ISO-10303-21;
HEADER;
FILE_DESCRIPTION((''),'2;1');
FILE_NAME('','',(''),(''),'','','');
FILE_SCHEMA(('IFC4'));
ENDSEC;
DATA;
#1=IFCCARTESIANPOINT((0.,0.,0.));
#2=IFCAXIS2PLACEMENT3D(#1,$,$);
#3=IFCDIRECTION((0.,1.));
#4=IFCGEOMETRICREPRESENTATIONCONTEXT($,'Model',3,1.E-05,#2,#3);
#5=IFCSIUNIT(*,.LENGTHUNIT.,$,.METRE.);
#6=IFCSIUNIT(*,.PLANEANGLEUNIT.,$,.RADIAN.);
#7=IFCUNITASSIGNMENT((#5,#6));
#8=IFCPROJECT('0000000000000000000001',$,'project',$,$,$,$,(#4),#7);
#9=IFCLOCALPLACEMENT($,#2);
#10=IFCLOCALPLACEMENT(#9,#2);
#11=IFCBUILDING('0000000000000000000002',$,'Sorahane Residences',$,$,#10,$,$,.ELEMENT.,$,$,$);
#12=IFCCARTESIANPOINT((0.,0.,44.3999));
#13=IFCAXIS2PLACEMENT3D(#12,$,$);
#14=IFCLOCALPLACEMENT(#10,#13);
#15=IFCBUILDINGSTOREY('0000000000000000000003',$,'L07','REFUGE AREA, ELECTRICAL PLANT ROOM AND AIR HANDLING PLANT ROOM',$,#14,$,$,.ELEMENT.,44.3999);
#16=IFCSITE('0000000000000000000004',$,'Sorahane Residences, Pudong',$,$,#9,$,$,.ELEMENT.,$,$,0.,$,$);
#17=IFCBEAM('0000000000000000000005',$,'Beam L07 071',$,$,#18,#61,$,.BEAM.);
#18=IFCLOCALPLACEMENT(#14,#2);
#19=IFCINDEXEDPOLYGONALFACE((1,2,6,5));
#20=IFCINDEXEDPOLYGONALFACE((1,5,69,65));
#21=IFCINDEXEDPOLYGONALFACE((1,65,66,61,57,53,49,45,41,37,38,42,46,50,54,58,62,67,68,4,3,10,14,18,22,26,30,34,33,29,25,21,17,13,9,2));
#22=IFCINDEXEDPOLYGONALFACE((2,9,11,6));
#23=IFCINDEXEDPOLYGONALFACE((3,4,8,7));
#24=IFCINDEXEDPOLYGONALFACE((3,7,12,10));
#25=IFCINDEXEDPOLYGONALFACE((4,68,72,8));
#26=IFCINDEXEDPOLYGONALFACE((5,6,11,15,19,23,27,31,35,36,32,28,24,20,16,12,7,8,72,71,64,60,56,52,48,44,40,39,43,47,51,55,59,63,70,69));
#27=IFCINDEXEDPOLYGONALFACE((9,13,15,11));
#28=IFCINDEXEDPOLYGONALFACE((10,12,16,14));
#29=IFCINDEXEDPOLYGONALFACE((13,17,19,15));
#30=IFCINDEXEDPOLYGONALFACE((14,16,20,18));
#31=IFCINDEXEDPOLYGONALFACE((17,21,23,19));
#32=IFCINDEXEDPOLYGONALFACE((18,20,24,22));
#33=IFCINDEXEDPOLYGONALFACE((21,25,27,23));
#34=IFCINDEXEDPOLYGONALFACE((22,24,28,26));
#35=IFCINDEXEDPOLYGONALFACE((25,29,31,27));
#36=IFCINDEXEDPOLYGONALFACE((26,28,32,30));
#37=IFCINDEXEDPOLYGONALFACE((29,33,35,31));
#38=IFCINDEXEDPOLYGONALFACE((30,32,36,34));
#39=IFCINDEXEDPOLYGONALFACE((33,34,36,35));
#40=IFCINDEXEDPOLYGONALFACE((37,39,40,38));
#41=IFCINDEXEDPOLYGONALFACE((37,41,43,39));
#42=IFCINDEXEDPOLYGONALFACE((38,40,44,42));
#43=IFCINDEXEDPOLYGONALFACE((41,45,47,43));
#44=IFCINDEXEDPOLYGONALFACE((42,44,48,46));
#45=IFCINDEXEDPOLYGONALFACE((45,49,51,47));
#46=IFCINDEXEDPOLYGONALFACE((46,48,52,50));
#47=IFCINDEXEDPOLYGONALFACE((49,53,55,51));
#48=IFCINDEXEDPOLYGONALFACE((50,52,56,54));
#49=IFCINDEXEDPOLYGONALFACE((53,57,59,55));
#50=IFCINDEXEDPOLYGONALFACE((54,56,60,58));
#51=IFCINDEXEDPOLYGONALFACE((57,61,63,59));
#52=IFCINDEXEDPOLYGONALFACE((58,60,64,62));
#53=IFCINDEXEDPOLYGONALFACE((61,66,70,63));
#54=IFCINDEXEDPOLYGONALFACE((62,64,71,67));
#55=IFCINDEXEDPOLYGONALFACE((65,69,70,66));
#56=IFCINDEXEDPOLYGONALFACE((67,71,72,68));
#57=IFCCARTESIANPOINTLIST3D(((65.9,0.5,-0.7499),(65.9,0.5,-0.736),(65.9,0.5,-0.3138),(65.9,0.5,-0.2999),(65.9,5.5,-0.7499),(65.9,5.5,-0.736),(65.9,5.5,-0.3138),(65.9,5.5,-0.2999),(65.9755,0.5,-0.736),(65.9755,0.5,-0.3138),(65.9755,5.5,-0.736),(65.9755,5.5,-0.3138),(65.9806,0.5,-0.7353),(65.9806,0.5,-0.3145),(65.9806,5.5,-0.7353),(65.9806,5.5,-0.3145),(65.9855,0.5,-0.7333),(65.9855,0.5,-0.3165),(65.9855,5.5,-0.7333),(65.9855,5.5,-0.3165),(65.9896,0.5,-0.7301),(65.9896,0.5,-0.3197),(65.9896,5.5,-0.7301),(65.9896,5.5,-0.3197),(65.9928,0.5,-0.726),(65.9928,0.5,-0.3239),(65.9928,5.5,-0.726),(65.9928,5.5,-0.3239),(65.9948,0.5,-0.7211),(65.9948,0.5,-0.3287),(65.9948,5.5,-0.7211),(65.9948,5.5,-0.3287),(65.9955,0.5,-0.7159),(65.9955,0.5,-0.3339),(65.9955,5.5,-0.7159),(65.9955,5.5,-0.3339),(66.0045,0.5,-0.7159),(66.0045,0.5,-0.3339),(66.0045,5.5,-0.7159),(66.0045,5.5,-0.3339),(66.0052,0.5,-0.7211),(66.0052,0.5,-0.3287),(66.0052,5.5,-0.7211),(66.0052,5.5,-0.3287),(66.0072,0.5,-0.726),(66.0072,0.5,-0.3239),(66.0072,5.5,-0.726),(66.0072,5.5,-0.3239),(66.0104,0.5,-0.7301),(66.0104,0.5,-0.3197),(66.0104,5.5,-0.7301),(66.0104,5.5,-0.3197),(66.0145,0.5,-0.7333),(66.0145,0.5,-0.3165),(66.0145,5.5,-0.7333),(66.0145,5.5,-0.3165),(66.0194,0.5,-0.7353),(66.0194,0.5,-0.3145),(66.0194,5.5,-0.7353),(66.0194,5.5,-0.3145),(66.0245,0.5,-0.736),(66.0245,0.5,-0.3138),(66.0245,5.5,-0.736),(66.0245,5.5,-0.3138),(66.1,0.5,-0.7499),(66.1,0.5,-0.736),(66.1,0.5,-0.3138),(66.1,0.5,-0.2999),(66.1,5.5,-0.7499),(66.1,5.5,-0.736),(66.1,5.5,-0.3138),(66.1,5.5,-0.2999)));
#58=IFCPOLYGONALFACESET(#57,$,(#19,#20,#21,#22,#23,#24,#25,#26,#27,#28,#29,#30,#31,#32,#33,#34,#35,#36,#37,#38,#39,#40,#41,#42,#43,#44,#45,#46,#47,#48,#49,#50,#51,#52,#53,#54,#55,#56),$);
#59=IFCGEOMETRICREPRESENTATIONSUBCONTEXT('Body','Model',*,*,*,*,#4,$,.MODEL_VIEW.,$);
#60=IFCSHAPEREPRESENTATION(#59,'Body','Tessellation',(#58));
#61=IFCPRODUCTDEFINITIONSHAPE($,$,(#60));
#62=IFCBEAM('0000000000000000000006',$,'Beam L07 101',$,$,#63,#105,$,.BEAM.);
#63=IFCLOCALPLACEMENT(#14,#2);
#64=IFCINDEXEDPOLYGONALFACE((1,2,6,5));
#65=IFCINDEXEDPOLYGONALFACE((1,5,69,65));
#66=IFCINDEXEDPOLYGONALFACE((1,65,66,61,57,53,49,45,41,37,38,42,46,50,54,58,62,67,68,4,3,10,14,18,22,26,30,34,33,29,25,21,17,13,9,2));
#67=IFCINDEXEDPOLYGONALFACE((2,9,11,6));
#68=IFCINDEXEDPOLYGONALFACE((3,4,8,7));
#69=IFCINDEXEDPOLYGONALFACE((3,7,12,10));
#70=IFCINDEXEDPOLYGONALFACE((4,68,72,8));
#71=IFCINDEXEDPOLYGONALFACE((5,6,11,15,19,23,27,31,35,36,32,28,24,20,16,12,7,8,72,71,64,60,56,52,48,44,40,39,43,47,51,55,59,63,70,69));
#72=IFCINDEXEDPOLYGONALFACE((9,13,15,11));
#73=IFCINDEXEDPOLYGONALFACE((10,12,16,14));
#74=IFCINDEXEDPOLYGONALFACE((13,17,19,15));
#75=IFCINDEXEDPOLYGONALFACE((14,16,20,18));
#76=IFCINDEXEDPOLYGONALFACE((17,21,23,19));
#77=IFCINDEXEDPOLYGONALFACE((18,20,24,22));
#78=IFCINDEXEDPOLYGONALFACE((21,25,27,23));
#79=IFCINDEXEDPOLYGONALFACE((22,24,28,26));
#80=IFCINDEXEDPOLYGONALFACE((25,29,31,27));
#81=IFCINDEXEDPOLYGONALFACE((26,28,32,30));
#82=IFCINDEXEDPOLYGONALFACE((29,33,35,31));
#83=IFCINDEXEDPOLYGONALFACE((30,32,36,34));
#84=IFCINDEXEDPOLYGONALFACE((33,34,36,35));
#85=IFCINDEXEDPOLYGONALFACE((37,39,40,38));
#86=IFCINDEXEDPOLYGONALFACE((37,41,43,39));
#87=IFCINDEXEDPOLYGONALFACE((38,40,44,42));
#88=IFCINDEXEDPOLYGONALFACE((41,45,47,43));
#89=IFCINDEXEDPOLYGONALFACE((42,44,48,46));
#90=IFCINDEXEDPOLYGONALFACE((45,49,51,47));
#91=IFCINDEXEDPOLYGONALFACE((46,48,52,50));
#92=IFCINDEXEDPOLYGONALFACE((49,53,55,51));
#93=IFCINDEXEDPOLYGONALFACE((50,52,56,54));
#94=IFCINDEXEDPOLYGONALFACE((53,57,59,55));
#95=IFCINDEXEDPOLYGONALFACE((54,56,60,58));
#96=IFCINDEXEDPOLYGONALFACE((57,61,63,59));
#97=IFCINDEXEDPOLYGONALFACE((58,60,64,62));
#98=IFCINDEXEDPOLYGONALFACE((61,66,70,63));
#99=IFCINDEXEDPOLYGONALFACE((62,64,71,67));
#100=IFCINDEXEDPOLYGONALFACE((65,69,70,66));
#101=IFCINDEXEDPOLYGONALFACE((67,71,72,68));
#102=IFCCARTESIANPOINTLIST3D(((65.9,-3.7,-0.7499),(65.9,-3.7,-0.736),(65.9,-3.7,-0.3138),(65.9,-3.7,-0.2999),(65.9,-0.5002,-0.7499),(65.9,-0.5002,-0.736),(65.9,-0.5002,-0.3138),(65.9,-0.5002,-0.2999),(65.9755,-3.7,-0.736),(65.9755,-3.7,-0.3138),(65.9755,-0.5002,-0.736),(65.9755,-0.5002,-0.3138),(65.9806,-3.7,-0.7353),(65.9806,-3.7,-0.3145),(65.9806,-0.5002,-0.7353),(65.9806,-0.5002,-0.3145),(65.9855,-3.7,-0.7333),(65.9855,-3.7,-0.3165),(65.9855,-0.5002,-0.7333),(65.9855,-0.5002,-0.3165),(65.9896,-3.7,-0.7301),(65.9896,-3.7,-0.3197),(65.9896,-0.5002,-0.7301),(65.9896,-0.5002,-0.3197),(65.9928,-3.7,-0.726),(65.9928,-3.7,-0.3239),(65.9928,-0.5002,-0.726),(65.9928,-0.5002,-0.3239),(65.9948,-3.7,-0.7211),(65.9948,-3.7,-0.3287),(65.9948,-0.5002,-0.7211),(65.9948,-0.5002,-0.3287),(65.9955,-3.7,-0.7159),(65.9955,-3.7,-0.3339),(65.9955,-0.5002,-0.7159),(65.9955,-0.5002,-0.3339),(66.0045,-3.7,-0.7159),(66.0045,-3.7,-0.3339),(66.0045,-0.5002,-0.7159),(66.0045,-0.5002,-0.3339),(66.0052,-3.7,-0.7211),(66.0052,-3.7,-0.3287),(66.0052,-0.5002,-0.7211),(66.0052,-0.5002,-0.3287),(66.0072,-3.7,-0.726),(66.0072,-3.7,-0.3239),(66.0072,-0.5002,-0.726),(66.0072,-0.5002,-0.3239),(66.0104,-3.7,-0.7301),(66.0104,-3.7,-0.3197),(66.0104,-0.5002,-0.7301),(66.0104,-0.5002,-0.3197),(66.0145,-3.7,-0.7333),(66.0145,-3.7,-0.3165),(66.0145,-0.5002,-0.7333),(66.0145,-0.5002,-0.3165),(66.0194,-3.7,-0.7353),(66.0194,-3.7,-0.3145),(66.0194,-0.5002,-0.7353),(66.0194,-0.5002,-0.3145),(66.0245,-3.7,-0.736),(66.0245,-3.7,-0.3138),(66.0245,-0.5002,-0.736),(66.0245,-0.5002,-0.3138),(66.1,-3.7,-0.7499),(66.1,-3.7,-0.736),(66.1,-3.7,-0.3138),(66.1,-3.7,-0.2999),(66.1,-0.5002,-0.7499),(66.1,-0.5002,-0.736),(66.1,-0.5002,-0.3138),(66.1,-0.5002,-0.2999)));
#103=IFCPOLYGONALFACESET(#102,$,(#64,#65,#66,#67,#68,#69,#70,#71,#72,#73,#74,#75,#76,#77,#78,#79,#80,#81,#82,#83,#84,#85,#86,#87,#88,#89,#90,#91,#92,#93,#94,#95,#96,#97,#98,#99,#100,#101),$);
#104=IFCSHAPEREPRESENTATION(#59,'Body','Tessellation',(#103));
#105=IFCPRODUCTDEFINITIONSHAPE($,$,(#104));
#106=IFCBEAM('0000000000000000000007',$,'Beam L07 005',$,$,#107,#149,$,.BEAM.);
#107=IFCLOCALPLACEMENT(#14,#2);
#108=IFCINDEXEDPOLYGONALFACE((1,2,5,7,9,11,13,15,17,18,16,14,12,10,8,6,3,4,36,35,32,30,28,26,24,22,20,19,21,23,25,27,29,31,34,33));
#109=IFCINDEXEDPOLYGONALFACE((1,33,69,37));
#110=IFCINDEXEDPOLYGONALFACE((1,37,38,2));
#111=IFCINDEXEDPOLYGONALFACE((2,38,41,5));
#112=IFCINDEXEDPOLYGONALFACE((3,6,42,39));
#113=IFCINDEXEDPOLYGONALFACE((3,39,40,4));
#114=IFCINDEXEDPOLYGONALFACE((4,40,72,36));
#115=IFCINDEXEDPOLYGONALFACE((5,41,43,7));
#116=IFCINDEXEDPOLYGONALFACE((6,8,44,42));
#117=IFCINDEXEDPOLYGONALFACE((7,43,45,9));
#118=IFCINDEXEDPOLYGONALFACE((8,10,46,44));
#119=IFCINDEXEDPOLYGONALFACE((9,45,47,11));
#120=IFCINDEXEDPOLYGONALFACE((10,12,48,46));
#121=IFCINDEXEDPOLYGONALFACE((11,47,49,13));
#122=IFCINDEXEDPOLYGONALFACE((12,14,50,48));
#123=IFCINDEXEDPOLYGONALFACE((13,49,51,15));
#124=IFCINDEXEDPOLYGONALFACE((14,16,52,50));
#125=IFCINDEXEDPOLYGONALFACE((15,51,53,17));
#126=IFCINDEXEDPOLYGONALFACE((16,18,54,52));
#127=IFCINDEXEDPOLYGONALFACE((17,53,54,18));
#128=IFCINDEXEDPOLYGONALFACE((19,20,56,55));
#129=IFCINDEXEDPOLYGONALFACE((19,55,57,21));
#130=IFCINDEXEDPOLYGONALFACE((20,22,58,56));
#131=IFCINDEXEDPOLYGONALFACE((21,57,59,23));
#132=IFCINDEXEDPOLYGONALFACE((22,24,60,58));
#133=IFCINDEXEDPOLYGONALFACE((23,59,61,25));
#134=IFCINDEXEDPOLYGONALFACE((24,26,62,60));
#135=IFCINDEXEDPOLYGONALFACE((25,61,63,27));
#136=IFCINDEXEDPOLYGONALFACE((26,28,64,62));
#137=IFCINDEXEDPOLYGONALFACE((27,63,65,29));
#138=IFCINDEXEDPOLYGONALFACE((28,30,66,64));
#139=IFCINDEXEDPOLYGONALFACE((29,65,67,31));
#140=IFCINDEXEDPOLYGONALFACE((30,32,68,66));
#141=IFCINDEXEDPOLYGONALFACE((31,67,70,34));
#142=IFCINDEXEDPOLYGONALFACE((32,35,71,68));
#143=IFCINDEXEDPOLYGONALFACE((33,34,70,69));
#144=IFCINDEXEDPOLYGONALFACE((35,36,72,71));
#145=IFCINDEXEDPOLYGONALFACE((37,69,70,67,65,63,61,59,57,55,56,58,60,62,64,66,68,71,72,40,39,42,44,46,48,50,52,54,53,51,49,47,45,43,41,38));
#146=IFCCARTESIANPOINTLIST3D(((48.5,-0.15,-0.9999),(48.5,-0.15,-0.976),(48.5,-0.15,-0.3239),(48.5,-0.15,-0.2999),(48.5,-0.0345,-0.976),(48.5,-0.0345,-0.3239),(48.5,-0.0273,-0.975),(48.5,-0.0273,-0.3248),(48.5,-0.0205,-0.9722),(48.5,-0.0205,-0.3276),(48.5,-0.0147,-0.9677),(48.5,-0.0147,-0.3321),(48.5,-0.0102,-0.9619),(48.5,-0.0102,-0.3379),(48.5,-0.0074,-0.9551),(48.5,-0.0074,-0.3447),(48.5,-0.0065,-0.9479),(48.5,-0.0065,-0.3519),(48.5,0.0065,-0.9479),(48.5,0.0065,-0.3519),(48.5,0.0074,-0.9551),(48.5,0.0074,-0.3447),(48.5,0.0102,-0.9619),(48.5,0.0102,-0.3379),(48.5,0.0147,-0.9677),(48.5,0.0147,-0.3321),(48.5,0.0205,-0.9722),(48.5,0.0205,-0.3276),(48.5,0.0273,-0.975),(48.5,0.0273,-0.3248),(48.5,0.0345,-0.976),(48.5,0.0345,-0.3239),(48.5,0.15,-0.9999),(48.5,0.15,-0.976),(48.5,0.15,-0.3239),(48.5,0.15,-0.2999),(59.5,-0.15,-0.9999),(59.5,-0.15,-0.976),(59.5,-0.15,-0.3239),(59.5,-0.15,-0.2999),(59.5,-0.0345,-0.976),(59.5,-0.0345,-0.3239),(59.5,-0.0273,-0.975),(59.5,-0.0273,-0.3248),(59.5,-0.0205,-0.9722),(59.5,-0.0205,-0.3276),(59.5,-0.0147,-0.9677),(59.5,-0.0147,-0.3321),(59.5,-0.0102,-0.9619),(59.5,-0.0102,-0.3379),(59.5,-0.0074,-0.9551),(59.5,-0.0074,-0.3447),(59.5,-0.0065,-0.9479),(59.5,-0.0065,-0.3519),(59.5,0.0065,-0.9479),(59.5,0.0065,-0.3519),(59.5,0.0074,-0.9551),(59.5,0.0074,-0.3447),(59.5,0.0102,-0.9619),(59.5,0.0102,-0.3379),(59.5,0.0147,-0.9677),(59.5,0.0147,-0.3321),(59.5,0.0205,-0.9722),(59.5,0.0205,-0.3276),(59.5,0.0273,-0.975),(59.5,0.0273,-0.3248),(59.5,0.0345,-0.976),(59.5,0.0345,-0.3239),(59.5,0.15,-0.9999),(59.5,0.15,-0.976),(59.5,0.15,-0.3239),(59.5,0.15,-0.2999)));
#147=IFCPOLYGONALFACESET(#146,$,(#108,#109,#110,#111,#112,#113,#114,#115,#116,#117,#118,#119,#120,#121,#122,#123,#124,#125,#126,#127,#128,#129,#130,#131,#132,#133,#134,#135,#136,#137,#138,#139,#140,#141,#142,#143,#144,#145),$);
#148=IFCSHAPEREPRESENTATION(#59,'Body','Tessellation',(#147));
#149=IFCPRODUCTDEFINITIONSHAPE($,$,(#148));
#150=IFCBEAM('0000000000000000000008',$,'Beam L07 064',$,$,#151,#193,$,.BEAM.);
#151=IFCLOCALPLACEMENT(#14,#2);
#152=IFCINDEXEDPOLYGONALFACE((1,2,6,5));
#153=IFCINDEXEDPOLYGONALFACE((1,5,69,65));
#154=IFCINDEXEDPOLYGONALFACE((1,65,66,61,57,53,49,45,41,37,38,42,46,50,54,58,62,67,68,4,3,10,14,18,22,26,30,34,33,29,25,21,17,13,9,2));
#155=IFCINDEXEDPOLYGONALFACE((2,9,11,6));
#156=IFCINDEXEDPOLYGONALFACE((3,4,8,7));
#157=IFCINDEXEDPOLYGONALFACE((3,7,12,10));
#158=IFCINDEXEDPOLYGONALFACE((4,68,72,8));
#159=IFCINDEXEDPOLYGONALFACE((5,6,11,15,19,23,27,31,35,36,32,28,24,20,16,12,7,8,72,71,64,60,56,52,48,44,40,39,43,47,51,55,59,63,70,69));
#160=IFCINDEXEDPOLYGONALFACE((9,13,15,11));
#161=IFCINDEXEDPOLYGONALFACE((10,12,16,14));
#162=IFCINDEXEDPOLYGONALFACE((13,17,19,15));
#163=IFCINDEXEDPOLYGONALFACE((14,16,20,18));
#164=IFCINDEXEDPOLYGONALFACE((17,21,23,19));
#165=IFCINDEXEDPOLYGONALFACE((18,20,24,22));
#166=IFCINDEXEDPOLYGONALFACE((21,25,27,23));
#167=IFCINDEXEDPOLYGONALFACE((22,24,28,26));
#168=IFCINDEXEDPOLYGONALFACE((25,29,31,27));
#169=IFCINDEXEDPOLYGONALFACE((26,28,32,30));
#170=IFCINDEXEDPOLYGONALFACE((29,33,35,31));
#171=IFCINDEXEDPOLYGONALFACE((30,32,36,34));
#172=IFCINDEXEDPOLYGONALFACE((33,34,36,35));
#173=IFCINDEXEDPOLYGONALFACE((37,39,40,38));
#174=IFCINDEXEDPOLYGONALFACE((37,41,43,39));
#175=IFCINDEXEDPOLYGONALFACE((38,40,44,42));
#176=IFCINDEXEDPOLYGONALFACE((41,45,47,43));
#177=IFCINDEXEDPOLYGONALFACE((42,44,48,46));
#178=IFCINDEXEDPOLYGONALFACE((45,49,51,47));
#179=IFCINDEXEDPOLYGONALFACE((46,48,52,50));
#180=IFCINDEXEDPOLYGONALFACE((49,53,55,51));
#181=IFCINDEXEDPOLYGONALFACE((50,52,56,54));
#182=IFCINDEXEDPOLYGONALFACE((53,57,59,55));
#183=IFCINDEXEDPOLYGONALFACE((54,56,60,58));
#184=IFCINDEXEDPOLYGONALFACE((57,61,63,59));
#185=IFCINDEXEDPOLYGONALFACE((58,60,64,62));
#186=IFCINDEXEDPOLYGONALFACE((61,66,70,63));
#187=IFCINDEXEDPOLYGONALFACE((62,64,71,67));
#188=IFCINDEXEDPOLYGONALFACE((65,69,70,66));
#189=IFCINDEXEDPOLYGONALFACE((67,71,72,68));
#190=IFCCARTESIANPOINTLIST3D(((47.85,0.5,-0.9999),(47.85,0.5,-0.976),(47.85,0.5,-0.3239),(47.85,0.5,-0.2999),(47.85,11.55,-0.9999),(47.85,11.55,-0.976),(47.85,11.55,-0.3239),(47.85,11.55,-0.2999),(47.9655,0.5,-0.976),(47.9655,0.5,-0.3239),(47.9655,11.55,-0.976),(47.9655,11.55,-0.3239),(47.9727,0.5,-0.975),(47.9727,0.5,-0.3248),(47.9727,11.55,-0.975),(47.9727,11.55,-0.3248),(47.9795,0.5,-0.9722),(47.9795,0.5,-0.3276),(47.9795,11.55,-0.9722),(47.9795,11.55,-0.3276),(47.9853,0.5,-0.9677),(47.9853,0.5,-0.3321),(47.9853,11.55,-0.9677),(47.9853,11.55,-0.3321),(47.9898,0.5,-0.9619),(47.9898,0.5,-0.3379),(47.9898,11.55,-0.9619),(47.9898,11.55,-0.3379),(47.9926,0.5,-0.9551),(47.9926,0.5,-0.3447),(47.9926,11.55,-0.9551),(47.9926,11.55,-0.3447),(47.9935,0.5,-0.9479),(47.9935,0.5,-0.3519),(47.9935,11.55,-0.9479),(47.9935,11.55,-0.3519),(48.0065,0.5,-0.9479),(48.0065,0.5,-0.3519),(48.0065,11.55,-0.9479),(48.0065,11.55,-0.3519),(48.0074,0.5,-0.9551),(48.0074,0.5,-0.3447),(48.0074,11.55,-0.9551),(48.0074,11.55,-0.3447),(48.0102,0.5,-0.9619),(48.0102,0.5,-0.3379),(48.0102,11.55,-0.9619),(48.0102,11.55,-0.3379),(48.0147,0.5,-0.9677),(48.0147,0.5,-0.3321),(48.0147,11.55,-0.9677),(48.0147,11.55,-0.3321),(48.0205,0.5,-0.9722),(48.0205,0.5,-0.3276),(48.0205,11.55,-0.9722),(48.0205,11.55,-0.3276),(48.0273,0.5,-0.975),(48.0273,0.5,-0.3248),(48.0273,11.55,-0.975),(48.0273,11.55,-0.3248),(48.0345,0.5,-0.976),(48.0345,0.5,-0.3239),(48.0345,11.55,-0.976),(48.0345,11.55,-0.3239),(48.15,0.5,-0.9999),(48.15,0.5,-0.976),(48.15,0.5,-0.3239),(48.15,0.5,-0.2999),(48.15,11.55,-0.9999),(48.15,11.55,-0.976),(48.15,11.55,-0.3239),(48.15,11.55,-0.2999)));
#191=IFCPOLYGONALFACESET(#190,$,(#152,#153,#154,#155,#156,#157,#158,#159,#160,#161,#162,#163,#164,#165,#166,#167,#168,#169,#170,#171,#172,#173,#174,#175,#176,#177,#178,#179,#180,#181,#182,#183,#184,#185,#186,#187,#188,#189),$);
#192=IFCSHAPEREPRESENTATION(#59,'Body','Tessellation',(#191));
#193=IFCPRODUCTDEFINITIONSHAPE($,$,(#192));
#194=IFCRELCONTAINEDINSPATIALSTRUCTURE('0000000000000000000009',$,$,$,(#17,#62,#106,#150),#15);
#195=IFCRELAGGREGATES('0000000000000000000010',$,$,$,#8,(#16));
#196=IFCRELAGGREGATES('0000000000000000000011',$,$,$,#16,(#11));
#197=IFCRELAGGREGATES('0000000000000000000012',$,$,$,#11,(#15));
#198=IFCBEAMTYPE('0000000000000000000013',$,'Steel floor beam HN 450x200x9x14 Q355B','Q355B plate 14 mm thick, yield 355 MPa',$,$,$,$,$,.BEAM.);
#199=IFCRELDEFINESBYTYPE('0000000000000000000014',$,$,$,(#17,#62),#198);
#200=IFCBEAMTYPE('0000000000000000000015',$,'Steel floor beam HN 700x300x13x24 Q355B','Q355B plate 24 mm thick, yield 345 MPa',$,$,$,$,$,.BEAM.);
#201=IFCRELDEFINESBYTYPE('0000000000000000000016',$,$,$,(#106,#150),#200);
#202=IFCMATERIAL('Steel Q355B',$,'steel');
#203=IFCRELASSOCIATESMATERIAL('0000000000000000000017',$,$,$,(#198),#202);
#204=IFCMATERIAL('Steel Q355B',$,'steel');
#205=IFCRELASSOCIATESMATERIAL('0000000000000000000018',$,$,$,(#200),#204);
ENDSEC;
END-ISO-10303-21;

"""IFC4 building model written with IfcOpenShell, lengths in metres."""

from ifc_helpers import new_model, si_unit, direction, frame, origin, origin_2d, place, context, subcontext, project, spatial, i_section, extrude, material, material_profile, profile_set, type_object, element, save


model = new_model("IFC4")

# Units and contexts
model_context = context("Model", 3, precision=1e-05, world=origin(), true_north=direction((0.0, 1.0)))
body_context = subcontext(model_context, "Body", "Model", "MODEL_VIEW")
ifc_project = project(units=[si_unit("LENGTHUNIT", "METRE"), si_unit("PLANEANGLEUNIT", "RADIAN")], contexts=[model_context])

# Site, building, storey
site_placement = place(None, origin())
site = spatial("IfcSite", under=ifc_project, at=site_placement, Name="Sorahane Residences, Pudong", CompositionType="ELEMENT", RefElevation=0.0)
building_placement = place(site_placement, origin())
building = spatial("IfcBuilding", under=site, at=building_placement, Name="Sorahane Residences", CompositionType="ELEMENT")
storey_placement = place(building_placement, frame((0.0, 0.0, 44.3999)))
storey = spatial("IfcBuildingStorey", under=building, at=storey_placement, Name="L07", Description="REFUGE AREA, ELECTRICAL PLANT ROOM AND AIR HANDLING PLANT ROOM", CompositionType="ELEMENT", Elevation=44.3999)

# Beams
ifc_material_1 = material(Name="Steel Q355B", Category="steel")
ifc_material_profile_1 = material_profile(ifc_material_1, i_section(OverallWidth=0.2, OverallDepth=0.45, WebThickness=0.009, FlangeThickness=0.0139, FilletRadius=0.02, at=origin_2d()), Name="HN 450x200x9x14")
ifc_profile_set_1 = profile_set([ifc_material_profile_1], Name="Steel Q355B")
beam_type_1 = type_object("IfcBeamType", Name="Steel floor beam HN 450x200x9x14 Q355B", Description="Q355B plate 14 mm thick, yield 355 MPa", PredefinedType="BEAM", material=ifc_profile_set_1)
for number, where, z_axis, x_axis, name in (
    (1, (66.0, 0.5, -0.5249), (0.0, 1.0, 0.0), (-1.0, 0.0, 0.0), "Beam L07 071"),
):
    element("IfcBeam", number, at=place(storey_placement, frame(where, z_axis=z_axis, x_axis=x_axis)), inside=storey, type_object=beam_type_1, Name=name, PredefinedType="BEAM", context=body_context, shape_type="SweptSolid", body=[
        extrude(i_section(OverallWidth=0.2, OverallDepth=0.45, WebThickness=0.009, FlangeThickness=0.0139, FilletRadius=0.02, at=origin_2d()), origin(), (0.0, 0.0, 1.0), 5.0),
    ])
beam_1_placement = place(storey_placement, frame((66.0, -3.7, -0.5249), z_axis=(0.0, 1.0, 0.0), x_axis=(-1.0, 0.0, 0.0)))
element("IfcBeam", 2, at=beam_1_placement, inside=storey, type_object=beam_type_1, Name="Beam L07 101", PredefinedType="BEAM", context=body_context, shape_type="SweptSolid", body=[
    extrude(i_section(OverallWidth=0.2, OverallDepth=0.45, WebThickness=0.009, FlangeThickness=0.0139, FilletRadius=0.02, at=origin_2d()), origin(), (0.0, 0.0, 1.0), 3.1997),
])
ifc_material_2 = material(Name="Steel Q355B", Category="steel")
ifc_material_profile_2 = material_profile(ifc_material_2, i_section(OverallWidth=0.3, OverallDepth=0.7, WebThickness=0.0129, FlangeThickness=0.0239, FilletRadius=0.0281, at=origin_2d()), Name="HN 700x300x13x24")
ifc_profile_set_2 = profile_set([ifc_material_profile_2], Name="Steel Q355B")
beam_type_2 = type_object("IfcBeamType", Name="Steel floor beam HN 700x300x13x24 Q355B", Description="Q355B plate 24 mm thick, yield 345 MPa", PredefinedType="BEAM", material=ifc_profile_set_2)
beam_2_placement = place(storey_placement, frame((48.5, 0.0, -0.6499), z_axis=(1.0, 0.0, 0.0), x_axis=(0.0, 1.0, 0.0)))
element("IfcBeam", 3, at=beam_2_placement, inside=storey, type_object=beam_type_2, Name="Beam L07 005", PredefinedType="BEAM", context=body_context, shape_type="SweptSolid", body=[
    extrude(i_section(OverallWidth=0.3, OverallDepth=0.7, WebThickness=0.0129, FlangeThickness=0.0239, FilletRadius=0.0281, at=origin_2d()), origin(), (0.0, 0.0, 1.0), 11.0),
])
beam_3_placement = place(storey_placement, frame((48.0, 0.5, -0.6499), z_axis=(0.0, 1.0, 0.0), x_axis=(-1.0, 0.0, 0.0)))
element("IfcBeam", 4, at=beam_3_placement, inside=storey, type_object=beam_type_2, Name="Beam L07 064", PredefinedType="BEAM", context=body_context, shape_type="SweptSolid", body=[
    extrude(i_section(OverallWidth=0.3, OverallDepth=0.7, WebThickness=0.0129, FlangeThickness=0.0239, FilletRadius=0.0281, at=origin_2d()), origin(), (0.0, 0.0, 1.0), 11.05),
])

save(model, "model.ifc")
